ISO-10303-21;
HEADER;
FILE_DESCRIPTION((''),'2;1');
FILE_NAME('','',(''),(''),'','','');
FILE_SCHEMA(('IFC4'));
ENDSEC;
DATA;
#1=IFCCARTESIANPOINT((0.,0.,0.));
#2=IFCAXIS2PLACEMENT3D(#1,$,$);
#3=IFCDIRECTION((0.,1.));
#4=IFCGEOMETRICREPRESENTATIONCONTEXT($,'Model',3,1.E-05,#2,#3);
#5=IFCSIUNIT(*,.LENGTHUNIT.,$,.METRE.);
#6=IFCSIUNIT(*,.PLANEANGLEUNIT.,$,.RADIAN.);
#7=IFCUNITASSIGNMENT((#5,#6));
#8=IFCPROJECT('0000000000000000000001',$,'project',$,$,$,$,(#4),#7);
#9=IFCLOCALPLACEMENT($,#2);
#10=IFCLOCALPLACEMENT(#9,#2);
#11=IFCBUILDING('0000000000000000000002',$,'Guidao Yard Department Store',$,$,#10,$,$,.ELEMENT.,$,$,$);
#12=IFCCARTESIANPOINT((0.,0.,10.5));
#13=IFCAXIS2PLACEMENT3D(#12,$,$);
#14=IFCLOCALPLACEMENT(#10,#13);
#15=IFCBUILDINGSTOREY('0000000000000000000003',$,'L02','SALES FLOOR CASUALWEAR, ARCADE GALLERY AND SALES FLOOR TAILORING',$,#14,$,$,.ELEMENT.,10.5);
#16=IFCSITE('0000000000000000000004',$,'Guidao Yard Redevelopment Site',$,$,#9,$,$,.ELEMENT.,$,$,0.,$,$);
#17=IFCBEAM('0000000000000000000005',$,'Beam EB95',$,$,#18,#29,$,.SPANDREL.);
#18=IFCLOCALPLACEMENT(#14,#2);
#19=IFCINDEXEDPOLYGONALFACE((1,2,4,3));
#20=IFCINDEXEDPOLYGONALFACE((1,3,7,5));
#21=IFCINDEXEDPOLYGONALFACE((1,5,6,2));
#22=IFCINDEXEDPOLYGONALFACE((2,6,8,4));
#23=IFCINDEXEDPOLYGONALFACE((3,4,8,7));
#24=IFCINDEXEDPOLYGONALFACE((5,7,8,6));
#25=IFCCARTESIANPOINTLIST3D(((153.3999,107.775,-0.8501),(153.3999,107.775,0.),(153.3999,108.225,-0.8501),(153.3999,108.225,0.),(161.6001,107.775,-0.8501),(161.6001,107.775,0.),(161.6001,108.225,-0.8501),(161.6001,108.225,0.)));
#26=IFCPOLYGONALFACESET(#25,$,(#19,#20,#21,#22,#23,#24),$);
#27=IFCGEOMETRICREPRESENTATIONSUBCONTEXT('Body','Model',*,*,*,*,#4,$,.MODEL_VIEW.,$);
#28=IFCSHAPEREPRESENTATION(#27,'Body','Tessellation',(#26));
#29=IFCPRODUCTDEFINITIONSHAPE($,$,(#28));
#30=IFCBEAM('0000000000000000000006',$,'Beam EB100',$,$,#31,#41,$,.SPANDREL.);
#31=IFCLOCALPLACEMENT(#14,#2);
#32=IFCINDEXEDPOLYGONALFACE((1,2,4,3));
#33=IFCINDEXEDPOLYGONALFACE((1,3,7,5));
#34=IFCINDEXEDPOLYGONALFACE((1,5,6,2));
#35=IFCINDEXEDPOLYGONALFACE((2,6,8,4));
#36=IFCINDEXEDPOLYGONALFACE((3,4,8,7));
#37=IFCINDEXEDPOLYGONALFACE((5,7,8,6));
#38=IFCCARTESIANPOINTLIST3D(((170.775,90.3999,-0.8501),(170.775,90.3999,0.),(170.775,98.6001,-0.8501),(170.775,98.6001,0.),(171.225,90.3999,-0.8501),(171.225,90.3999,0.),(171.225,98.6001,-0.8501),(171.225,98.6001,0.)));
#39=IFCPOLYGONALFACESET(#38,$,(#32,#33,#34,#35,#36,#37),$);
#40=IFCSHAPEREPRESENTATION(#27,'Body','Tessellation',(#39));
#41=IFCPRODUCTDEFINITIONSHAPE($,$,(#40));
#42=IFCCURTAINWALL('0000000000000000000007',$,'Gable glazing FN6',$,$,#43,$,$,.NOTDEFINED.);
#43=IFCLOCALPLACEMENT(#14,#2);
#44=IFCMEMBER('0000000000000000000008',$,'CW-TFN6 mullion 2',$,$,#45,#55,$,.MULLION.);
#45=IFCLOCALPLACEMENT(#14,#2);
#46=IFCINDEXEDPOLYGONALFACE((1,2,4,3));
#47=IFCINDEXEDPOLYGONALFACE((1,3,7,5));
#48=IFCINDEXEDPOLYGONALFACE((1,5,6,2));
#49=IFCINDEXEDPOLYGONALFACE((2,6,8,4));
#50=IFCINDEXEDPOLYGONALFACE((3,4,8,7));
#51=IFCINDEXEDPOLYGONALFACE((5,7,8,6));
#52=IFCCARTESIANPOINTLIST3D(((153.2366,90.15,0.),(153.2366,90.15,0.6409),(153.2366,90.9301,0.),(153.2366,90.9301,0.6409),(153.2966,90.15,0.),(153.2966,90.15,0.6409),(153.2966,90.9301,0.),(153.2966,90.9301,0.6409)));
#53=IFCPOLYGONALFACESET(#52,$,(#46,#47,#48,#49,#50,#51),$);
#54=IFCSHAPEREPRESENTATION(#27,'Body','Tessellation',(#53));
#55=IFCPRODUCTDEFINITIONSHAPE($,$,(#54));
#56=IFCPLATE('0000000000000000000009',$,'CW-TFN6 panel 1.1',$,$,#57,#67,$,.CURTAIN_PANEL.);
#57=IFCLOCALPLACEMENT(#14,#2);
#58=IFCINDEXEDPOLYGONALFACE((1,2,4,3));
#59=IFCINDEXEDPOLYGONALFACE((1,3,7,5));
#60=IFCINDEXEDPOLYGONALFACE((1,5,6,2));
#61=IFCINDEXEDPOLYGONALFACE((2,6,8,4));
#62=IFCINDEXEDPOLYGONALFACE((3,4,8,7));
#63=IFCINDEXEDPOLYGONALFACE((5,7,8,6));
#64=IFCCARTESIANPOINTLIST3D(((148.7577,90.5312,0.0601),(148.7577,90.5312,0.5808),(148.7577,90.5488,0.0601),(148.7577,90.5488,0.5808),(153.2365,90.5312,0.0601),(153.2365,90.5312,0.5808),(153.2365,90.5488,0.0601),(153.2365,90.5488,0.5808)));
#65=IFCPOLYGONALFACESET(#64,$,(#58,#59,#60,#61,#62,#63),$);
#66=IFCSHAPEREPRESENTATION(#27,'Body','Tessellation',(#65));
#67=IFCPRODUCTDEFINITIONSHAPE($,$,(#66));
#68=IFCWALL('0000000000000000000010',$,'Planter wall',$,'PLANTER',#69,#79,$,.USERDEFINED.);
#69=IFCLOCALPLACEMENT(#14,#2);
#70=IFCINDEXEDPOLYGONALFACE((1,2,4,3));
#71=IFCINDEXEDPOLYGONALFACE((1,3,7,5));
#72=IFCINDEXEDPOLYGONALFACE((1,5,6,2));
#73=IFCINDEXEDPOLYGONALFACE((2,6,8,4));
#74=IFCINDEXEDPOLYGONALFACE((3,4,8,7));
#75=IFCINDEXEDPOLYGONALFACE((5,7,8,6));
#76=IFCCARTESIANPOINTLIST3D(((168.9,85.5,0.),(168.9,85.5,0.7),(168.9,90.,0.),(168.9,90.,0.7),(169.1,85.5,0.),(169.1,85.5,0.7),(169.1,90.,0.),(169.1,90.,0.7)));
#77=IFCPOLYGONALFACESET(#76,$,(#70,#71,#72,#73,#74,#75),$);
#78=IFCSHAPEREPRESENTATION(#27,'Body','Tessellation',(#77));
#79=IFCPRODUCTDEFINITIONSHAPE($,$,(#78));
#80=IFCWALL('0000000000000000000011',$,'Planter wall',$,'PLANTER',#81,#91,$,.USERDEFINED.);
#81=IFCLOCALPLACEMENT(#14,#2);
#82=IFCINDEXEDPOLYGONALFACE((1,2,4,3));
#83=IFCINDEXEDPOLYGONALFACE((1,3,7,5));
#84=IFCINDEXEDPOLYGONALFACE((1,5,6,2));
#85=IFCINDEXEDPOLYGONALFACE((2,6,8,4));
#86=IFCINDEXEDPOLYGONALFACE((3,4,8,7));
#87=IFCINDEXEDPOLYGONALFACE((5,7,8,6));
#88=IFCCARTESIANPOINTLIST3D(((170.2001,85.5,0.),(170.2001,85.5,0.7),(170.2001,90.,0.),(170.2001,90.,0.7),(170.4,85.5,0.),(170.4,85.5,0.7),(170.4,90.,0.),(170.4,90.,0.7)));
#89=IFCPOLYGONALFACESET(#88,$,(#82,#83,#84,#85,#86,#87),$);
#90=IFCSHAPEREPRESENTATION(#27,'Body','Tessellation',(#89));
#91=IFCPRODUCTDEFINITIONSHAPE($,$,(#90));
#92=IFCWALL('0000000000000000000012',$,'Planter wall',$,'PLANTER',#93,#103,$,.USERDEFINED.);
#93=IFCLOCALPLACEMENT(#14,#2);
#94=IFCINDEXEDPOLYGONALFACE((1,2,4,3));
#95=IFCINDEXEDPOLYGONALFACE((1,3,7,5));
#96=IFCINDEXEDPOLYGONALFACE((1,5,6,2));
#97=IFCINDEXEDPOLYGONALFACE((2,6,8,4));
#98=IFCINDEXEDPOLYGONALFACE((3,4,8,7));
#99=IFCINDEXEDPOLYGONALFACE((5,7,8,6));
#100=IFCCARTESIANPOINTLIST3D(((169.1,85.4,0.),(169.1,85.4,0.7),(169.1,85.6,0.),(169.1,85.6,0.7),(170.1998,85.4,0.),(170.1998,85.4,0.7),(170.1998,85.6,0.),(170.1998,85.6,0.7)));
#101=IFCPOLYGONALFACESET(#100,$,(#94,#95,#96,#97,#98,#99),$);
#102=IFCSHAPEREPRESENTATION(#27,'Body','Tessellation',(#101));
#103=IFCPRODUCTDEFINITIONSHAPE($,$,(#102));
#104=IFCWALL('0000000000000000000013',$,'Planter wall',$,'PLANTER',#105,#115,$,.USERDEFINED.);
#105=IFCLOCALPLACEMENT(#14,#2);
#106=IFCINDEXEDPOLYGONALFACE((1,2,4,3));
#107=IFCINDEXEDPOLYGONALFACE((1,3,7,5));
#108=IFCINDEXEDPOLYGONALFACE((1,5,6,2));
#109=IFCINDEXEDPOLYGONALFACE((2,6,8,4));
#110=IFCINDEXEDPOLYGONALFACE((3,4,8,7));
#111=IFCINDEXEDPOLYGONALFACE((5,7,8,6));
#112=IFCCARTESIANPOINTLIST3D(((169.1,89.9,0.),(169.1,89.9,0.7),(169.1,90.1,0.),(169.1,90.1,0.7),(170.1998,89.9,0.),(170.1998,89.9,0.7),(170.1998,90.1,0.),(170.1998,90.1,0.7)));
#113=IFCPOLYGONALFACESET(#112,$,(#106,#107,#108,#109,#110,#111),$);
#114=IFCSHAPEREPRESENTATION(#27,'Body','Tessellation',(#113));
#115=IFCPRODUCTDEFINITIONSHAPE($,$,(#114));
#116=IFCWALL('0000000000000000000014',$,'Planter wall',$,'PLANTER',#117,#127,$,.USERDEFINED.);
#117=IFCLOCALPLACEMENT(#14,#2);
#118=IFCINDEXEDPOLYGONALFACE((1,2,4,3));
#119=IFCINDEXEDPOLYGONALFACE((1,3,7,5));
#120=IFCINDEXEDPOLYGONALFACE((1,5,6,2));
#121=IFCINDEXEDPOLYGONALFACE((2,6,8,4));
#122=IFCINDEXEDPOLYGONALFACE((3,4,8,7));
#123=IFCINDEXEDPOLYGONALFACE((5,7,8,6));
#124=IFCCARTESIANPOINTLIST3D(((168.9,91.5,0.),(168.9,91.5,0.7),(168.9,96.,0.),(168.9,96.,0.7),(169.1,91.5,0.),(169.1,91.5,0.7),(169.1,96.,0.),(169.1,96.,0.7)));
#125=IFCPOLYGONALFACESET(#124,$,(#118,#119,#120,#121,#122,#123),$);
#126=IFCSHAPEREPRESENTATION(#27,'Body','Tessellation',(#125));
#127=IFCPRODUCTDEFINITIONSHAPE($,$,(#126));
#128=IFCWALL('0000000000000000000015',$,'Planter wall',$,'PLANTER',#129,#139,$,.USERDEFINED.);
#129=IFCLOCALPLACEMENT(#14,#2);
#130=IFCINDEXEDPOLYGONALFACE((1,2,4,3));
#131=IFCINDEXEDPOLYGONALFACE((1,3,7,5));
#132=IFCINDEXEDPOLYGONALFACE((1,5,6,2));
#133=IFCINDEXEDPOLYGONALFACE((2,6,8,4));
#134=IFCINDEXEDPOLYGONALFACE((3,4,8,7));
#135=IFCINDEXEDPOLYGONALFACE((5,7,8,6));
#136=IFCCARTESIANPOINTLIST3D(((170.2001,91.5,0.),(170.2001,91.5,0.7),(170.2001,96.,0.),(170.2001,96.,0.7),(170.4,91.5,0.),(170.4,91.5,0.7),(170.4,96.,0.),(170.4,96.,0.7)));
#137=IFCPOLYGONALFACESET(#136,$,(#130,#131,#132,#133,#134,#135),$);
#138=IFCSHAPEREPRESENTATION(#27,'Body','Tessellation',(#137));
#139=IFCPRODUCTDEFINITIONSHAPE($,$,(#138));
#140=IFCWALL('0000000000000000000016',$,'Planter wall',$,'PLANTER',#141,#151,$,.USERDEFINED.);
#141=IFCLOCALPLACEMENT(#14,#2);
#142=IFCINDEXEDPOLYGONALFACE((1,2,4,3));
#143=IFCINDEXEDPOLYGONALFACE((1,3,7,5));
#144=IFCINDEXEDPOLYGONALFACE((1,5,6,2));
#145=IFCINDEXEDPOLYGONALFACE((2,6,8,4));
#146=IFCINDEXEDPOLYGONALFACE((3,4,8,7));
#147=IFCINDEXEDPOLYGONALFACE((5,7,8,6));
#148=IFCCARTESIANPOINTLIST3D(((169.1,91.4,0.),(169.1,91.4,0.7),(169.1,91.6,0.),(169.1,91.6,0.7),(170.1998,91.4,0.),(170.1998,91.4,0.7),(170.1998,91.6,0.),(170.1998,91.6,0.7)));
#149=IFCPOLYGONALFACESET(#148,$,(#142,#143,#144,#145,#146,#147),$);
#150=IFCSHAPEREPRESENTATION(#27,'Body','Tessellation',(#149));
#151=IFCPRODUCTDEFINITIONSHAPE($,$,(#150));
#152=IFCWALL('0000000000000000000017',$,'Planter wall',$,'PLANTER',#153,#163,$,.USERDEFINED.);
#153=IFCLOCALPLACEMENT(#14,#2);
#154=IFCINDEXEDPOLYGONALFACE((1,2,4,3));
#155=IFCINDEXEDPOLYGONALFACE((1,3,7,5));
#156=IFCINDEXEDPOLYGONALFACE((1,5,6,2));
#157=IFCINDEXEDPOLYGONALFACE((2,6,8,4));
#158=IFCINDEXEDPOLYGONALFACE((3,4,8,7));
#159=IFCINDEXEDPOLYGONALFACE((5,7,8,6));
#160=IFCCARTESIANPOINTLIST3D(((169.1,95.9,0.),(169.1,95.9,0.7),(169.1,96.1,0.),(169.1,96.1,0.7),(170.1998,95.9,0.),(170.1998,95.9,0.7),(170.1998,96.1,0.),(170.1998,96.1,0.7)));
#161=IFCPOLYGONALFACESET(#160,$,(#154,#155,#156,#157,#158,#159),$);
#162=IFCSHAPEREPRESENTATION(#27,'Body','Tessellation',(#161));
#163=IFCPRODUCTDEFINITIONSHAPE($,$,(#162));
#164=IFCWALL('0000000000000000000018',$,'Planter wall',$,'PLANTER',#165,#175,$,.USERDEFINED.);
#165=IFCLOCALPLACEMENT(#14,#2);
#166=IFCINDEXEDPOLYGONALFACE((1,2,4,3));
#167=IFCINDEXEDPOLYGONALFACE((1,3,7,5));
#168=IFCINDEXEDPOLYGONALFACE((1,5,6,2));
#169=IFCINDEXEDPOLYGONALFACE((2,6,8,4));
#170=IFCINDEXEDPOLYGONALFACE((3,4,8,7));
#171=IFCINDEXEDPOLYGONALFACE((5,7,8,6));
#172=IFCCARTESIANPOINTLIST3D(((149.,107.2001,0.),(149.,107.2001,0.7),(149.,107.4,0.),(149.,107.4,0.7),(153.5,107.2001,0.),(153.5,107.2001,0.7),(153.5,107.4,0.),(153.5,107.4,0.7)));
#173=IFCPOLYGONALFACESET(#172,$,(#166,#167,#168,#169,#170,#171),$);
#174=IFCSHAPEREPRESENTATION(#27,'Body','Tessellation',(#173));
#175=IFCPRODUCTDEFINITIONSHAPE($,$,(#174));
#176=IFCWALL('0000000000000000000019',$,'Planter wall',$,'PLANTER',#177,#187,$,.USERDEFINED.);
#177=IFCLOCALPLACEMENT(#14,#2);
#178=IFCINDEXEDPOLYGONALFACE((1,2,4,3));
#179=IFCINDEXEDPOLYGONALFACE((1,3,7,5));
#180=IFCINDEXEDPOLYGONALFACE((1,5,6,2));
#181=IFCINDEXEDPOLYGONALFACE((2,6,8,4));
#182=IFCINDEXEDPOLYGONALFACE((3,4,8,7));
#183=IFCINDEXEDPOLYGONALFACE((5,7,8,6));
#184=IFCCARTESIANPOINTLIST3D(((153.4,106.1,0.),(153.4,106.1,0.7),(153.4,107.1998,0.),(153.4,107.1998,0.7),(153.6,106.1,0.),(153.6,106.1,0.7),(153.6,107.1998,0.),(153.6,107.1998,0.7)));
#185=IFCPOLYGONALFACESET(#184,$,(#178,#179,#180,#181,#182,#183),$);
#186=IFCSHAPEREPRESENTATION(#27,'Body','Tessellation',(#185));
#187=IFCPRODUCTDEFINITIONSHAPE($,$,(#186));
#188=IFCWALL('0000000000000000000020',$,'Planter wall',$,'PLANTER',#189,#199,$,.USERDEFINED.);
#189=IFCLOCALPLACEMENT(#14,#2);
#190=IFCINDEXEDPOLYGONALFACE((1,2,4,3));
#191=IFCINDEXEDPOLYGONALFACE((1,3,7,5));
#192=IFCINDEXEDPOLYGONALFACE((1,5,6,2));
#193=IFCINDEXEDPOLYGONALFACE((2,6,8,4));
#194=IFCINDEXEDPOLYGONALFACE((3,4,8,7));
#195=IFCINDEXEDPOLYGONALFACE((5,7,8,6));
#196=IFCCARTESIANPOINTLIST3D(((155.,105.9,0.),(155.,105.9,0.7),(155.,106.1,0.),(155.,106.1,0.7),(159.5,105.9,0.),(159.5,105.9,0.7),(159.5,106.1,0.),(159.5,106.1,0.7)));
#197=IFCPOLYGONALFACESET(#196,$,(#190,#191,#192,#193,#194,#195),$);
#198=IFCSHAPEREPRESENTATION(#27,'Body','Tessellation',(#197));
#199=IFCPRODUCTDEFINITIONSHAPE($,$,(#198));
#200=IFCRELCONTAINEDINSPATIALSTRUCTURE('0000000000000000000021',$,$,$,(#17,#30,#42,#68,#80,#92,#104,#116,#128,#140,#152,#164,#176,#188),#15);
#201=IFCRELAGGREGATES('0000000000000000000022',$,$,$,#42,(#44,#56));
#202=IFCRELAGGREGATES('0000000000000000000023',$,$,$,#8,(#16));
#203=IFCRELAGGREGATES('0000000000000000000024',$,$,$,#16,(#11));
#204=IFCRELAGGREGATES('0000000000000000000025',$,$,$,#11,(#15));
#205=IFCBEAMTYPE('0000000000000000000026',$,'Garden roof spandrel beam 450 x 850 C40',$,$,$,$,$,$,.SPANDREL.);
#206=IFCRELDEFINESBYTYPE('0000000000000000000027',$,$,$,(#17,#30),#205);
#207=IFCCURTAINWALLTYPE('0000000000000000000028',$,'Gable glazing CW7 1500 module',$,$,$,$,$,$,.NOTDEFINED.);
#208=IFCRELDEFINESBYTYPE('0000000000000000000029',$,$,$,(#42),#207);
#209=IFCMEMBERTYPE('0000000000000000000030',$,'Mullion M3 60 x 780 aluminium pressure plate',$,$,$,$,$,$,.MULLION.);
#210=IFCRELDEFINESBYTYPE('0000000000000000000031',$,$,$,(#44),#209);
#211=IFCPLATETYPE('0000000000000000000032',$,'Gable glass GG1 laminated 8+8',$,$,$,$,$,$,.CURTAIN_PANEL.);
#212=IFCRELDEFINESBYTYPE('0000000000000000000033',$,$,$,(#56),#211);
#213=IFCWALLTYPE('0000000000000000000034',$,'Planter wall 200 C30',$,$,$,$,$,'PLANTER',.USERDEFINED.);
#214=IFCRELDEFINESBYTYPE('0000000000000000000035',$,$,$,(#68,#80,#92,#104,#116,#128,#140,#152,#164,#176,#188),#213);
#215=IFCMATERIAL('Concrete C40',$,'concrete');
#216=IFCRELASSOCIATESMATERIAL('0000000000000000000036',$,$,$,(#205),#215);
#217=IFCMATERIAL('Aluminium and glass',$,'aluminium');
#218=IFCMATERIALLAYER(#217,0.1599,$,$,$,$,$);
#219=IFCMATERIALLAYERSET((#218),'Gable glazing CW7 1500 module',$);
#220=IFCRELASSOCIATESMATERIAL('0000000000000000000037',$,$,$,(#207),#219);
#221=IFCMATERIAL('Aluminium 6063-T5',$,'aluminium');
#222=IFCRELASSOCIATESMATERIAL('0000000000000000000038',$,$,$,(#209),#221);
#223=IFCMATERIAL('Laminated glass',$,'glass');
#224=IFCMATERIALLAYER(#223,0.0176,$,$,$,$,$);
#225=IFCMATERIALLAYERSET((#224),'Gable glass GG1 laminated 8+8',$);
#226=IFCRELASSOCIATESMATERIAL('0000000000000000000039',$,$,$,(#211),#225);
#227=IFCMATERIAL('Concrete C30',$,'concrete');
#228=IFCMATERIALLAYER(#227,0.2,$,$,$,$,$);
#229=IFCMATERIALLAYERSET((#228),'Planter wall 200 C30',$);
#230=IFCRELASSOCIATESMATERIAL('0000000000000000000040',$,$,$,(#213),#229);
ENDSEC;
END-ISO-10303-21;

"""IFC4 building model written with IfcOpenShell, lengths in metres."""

from ifc_helpers import new_model, si_unit, direction, frame, frame_2d, origin, origin_2d, place, context, subcontext, project, spatial, rectangle, extrude, material, layer, layer_set, material_profile, profile_set, type_object, element, aggregate, save


model = new_model("IFC4")

# Units and contexts
model_context = context("Model", 3, precision=1e-05, world=origin(), true_north=direction((0.0, 1.0)))
body_context = subcontext(model_context, "Body", "Model", "MODEL_VIEW")
ifc_project = project(units=[si_unit("LENGTHUNIT", "METRE"), si_unit("PLANEANGLEUNIT", "RADIAN")], contexts=[model_context])

# Site, building, storey
site_placement = place(None, origin())
site = spatial("IfcSite", under=ifc_project, at=site_placement, Name="Guidao Yard Redevelopment Site", CompositionType="ELEMENT", RefElevation=0.0)
building_placement = place(site_placement, origin())
building = spatial("IfcBuilding", under=site, at=building_placement, Name="Guidao Yard Department Store", CompositionType="ELEMENT")
storey_placement = place(building_placement, frame((0.0, 0.0, 10.5)))
storey = spatial("IfcBuildingStorey", under=building, at=storey_placement, Name="L02", Description="SALES FLOOR CASUALWEAR, ARCADE GALLERY AND SALES FLOOR TAILORING", CompositionType="ELEMENT", Elevation=10.5)

# Beams
ifc_material_1 = material(Name="Concrete C40", Category="concrete")
ifc_material_profile_1 = material_profile(ifc_material_1, rectangle(XDim=0.45, YDim=0.8501, at=origin_2d()), Name="Garden roof spandrel beam 450 x 850 C40")
ifc_profile_set_1 = profile_set([ifc_material_profile_1], Name="Concrete C40")
beam_type = type_object("IfcBeamType", Name="Garden roof spandrel beam 450 x 850 C40", PredefinedType="SPANDREL", material=ifc_profile_set_1)
for number, where, z_axis, x_axis, name in (
    (1, (153.3999, 108.0, -0.425), (1.0, 0.0, 0.0), (0.0, 1.0, 0.0), "Beam EB95"),
    (2, (171.0, 90.3999, -0.425), (0.0, 1.0, 0.0), (-1.0, 0.0, 0.0), "Beam EB100"),
):
    element("IfcBeam", number, at=place(storey_placement, frame(where, z_axis=z_axis, x_axis=x_axis)), inside=storey, type_object=beam_type, Name=name, PredefinedType="SPANDREL", context=body_context, shape_type="SweptSolid", body=[
        extrude(rectangle(XDim=0.45, YDim=0.8501, at=origin_2d()), origin(), (0.0, 0.0, 1.0), 8.2002),
    ])

# Curtain wall, member, plate
ifc_material_2 = material(Name="Aluminium and glass", Category="aluminium")
ifc_layer_1 = layer(ifc_material_2, 0.1599)
ifc_layer_set_1 = layer_set([ifc_layer_1], Name="Gable glazing CW7 1500 module")
curtain_wall_type = type_object("IfcCurtainWallType", Name="Gable glazing CW7 1500 module", PredefinedType="NOTDEFINED", material=ifc_layer_set_1)
curtain_wall_placement = place(storey_placement, origin())
curtain_wall = element("IfcCurtainWall", 3, at=curtain_wall_placement, inside=storey, type_object=curtain_wall_type, Name="Gable glazing FN6", PredefinedType="NOTDEFINED")
ifc_material_3 = material(Name="Aluminium 6063-T5", Category="aluminium")
ifc_material_profile_2 = material_profile(ifc_material_3, rectangle(XDim=0.0601, YDim=0.78, at=origin_2d()), Name="Mullion M3 60 x 780 aluminium pressure plate")
ifc_profile_set_2 = profile_set([ifc_material_profile_2], Name="Aluminium 6063-T5")
member_type = type_object("IfcMemberType", Name="Mullion M3 60 x 780 aluminium pressure plate", PredefinedType="MULLION", material=ifc_profile_set_2)
member_placement = place(storey_placement, frame((153.2666, 90.54, 0.0), z_axis=(0.0, 0.0, 1.0), x_axis=(1.0, 0.0, 0.0)))
member = element("IfcMember", 4, at=member_placement, type_object=member_type, Name="CW-TFN6 mullion 2", PredefinedType="MULLION", context=body_context, shape_type="SweptSolid", body=[
    extrude(rectangle(XDim=0.0601, YDim=0.78, at=origin_2d()), origin(), (0.0, 0.0, 1.0), 0.6409),
])
ifc_material_4 = material(Name="Laminated glass", Category="glass")
ifc_layer_2 = layer(ifc_material_4, 0.0176)
ifc_layer_set_2 = layer_set([ifc_layer_2], Name="Gable glass GG1 laminated 8+8")
plate_type = type_object("IfcPlateType", Name="Gable glass GG1 laminated 8+8", PredefinedType="CURTAIN_PANEL", material=ifc_layer_set_2)
plate_placement = place(storey_placement, frame((150.9971, 90.54, 0.0601), z_axis=(0.0, 0.0, 1.0), x_axis=(1.0, 0.0, 0.0)))
plate = element("IfcPlate", 5, at=plate_placement, type_object=plate_type, Name="CW-TFN6 panel 1.1", PredefinedType="CURTAIN_PANEL", context=body_context, shape_type="SweptSolid", body=[
    extrude(rectangle(XDim=4.4788, YDim=0.0176, at=origin_2d()), origin(), (0.0, 0.0, 1.0), 0.5208),
])
aggregate(curtain_wall, [member, plate])

# Walls
ifc_material_5 = material(Name="Concrete C30", Category="concrete")
ifc_layer_3 = layer(ifc_material_5, 0.2)
ifc_layer_set_3 = layer_set([ifc_layer_3], Name="Planter wall 200 C30")
wall_type_1 = type_object("IfcWallType", Name="Planter wall 200 C30", ElementType="PLANTER", PredefinedType="USERDEFINED", material=ifc_layer_set_3)
for number, where, z_axis, x_axis, name in (
    (6, (169.0, 85.5, 0.0), (0.0, 0.0, 1.0), (0.0, 1.0, 0.0), "Planter wall"),
    (7, (170.3, 85.5, 0.0), (0.0, 0.0, 1.0), (0.0, 1.0, 0.0), "Planter wall"),
):
    element("IfcWall", number, at=place(storey_placement, frame(where, z_axis=z_axis, x_axis=x_axis)), inside=storey, type_object=wall_type_1, Name=name, ObjectType="PLANTER", PredefinedType="USERDEFINED", context=body_context, shape_type="SweptSolid", body=[
        extrude(rectangle(XDim=4.5, YDim=0.2, at=frame_2d((2.25, 0.0))), origin(), (0.0, 0.0, 1.0), 0.7),
    ])
for number, where, z_axis, x_axis, name in (
    (8, (169.1001, 85.5, 0.0), (0.0, 0.0, 1.0), (1.0, 0.0, 0.0), "Planter wall"),
    (9, (169.1001, 90.0, 0.0), (0.0, 0.0, 1.0), (1.0, 0.0, 0.0), "Planter wall"),
):
    element("IfcWall", number, at=place(storey_placement, frame(where, z_axis=z_axis, x_axis=x_axis)), inside=storey, type_object=wall_type_1, Name=name, ObjectType="PLANTER", PredefinedType="USERDEFINED", context=body_context, shape_type="SweptSolid", body=[
        extrude(rectangle(XDim=1.0999, YDim=0.2, at=frame_2d((0.5498, 0.0))), origin(), (0.0, 0.0, 1.0), 0.7),
    ])
for number, where, z_axis, x_axis, name in (
    (10, (169.0, 91.5, 0.0), (0.0, 0.0, 1.0), (0.0, 1.0, 0.0), "Planter wall"),
    (11, (170.3, 91.5, 0.0), (0.0, 0.0, 1.0), (0.0, 1.0, 0.0), "Planter wall"),
):
    element("IfcWall", number, at=place(storey_placement, frame(where, z_axis=z_axis, x_axis=x_axis)), inside=storey, type_object=wall_type_1, Name=name, ObjectType="PLANTER", PredefinedType="USERDEFINED", context=body_context, shape_type="SweptSolid", body=[
        extrude(rectangle(XDim=4.5, YDim=0.2, at=frame_2d((2.25, 0.0))), origin(), (0.0, 0.0, 1.0), 0.7),
    ])
for number, where, z_axis, x_axis, name in (
    (12, (169.1001, 91.5, 0.0), (0.0, 0.0, 1.0), (1.0, 0.0, 0.0), "Planter wall"),
    (13, (169.1001, 96.0, 0.0), (0.0, 0.0, 1.0), (1.0, 0.0, 0.0), "Planter wall"),
):
    element("IfcWall", number, at=place(storey_placement, frame(where, z_axis=z_axis, x_axis=x_axis)), inside=storey, type_object=wall_type_1, Name=name, ObjectType="PLANTER", PredefinedType="USERDEFINED", context=body_context, shape_type="SweptSolid", body=[
        extrude(rectangle(XDim=1.0999, YDim=0.2, at=frame_2d((0.5498, 0.0))), origin(), (0.0, 0.0, 1.0), 0.7),
    ])
wall_1_placement = place(storey_placement, frame((149.0, 107.3, 0.0), z_axis=(0.0, 0.0, 1.0), x_axis=(1.0, 0.0, 0.0)))
element("IfcWall", 14, at=wall_1_placement, inside=storey, type_object=wall_type_1, Name="Planter wall", ObjectType="PLANTER", PredefinedType="USERDEFINED", context=body_context, shape_type="SweptSolid", body=[
    extrude(rectangle(XDim=4.5, YDim=0.2, at=frame_2d((2.25, 0.0))), origin(), (0.0, 0.0, 1.0), 0.7),
])
wall_2_placement = place(storey_placement, frame((153.5, 106.1001, 0.0), z_axis=(0.0, 0.0, 1.0), x_axis=(0.0, 1.0, 0.0)))
element("IfcWall", 15, at=wall_2_placement, inside=storey, type_object=wall_type_1, Name="Planter wall", ObjectType="PLANTER", PredefinedType="USERDEFINED", context=body_context, shape_type="SweptSolid", body=[
    extrude(rectangle(XDim=1.0999, YDim=0.2, at=frame_2d((0.5498, 0.0))), origin(), (0.0, 0.0, 1.0), 0.7),
])
for number, where, z_axis, x_axis, name in (
    (16, (155.0, 106.0, 0.0), (0.0, 0.0, 1.0), (1.0, 0.0, 0.0), "Planter wall"),
):
    element("IfcWall", number, at=place(storey_placement, frame(where, z_axis=z_axis, x_axis=x_axis)), inside=storey, type_object=wall_type_1, Name=name, ObjectType="PLANTER", PredefinedType="USERDEFINED", context=body_context, shape_type="SweptSolid", body=[
        extrude(rectangle(XDim=4.5, YDim=0.2, at=frame_2d((2.25, 0.0))), origin(), (0.0, 0.0, 1.0), 0.7),
    ])

save(model, "model.ifc")
